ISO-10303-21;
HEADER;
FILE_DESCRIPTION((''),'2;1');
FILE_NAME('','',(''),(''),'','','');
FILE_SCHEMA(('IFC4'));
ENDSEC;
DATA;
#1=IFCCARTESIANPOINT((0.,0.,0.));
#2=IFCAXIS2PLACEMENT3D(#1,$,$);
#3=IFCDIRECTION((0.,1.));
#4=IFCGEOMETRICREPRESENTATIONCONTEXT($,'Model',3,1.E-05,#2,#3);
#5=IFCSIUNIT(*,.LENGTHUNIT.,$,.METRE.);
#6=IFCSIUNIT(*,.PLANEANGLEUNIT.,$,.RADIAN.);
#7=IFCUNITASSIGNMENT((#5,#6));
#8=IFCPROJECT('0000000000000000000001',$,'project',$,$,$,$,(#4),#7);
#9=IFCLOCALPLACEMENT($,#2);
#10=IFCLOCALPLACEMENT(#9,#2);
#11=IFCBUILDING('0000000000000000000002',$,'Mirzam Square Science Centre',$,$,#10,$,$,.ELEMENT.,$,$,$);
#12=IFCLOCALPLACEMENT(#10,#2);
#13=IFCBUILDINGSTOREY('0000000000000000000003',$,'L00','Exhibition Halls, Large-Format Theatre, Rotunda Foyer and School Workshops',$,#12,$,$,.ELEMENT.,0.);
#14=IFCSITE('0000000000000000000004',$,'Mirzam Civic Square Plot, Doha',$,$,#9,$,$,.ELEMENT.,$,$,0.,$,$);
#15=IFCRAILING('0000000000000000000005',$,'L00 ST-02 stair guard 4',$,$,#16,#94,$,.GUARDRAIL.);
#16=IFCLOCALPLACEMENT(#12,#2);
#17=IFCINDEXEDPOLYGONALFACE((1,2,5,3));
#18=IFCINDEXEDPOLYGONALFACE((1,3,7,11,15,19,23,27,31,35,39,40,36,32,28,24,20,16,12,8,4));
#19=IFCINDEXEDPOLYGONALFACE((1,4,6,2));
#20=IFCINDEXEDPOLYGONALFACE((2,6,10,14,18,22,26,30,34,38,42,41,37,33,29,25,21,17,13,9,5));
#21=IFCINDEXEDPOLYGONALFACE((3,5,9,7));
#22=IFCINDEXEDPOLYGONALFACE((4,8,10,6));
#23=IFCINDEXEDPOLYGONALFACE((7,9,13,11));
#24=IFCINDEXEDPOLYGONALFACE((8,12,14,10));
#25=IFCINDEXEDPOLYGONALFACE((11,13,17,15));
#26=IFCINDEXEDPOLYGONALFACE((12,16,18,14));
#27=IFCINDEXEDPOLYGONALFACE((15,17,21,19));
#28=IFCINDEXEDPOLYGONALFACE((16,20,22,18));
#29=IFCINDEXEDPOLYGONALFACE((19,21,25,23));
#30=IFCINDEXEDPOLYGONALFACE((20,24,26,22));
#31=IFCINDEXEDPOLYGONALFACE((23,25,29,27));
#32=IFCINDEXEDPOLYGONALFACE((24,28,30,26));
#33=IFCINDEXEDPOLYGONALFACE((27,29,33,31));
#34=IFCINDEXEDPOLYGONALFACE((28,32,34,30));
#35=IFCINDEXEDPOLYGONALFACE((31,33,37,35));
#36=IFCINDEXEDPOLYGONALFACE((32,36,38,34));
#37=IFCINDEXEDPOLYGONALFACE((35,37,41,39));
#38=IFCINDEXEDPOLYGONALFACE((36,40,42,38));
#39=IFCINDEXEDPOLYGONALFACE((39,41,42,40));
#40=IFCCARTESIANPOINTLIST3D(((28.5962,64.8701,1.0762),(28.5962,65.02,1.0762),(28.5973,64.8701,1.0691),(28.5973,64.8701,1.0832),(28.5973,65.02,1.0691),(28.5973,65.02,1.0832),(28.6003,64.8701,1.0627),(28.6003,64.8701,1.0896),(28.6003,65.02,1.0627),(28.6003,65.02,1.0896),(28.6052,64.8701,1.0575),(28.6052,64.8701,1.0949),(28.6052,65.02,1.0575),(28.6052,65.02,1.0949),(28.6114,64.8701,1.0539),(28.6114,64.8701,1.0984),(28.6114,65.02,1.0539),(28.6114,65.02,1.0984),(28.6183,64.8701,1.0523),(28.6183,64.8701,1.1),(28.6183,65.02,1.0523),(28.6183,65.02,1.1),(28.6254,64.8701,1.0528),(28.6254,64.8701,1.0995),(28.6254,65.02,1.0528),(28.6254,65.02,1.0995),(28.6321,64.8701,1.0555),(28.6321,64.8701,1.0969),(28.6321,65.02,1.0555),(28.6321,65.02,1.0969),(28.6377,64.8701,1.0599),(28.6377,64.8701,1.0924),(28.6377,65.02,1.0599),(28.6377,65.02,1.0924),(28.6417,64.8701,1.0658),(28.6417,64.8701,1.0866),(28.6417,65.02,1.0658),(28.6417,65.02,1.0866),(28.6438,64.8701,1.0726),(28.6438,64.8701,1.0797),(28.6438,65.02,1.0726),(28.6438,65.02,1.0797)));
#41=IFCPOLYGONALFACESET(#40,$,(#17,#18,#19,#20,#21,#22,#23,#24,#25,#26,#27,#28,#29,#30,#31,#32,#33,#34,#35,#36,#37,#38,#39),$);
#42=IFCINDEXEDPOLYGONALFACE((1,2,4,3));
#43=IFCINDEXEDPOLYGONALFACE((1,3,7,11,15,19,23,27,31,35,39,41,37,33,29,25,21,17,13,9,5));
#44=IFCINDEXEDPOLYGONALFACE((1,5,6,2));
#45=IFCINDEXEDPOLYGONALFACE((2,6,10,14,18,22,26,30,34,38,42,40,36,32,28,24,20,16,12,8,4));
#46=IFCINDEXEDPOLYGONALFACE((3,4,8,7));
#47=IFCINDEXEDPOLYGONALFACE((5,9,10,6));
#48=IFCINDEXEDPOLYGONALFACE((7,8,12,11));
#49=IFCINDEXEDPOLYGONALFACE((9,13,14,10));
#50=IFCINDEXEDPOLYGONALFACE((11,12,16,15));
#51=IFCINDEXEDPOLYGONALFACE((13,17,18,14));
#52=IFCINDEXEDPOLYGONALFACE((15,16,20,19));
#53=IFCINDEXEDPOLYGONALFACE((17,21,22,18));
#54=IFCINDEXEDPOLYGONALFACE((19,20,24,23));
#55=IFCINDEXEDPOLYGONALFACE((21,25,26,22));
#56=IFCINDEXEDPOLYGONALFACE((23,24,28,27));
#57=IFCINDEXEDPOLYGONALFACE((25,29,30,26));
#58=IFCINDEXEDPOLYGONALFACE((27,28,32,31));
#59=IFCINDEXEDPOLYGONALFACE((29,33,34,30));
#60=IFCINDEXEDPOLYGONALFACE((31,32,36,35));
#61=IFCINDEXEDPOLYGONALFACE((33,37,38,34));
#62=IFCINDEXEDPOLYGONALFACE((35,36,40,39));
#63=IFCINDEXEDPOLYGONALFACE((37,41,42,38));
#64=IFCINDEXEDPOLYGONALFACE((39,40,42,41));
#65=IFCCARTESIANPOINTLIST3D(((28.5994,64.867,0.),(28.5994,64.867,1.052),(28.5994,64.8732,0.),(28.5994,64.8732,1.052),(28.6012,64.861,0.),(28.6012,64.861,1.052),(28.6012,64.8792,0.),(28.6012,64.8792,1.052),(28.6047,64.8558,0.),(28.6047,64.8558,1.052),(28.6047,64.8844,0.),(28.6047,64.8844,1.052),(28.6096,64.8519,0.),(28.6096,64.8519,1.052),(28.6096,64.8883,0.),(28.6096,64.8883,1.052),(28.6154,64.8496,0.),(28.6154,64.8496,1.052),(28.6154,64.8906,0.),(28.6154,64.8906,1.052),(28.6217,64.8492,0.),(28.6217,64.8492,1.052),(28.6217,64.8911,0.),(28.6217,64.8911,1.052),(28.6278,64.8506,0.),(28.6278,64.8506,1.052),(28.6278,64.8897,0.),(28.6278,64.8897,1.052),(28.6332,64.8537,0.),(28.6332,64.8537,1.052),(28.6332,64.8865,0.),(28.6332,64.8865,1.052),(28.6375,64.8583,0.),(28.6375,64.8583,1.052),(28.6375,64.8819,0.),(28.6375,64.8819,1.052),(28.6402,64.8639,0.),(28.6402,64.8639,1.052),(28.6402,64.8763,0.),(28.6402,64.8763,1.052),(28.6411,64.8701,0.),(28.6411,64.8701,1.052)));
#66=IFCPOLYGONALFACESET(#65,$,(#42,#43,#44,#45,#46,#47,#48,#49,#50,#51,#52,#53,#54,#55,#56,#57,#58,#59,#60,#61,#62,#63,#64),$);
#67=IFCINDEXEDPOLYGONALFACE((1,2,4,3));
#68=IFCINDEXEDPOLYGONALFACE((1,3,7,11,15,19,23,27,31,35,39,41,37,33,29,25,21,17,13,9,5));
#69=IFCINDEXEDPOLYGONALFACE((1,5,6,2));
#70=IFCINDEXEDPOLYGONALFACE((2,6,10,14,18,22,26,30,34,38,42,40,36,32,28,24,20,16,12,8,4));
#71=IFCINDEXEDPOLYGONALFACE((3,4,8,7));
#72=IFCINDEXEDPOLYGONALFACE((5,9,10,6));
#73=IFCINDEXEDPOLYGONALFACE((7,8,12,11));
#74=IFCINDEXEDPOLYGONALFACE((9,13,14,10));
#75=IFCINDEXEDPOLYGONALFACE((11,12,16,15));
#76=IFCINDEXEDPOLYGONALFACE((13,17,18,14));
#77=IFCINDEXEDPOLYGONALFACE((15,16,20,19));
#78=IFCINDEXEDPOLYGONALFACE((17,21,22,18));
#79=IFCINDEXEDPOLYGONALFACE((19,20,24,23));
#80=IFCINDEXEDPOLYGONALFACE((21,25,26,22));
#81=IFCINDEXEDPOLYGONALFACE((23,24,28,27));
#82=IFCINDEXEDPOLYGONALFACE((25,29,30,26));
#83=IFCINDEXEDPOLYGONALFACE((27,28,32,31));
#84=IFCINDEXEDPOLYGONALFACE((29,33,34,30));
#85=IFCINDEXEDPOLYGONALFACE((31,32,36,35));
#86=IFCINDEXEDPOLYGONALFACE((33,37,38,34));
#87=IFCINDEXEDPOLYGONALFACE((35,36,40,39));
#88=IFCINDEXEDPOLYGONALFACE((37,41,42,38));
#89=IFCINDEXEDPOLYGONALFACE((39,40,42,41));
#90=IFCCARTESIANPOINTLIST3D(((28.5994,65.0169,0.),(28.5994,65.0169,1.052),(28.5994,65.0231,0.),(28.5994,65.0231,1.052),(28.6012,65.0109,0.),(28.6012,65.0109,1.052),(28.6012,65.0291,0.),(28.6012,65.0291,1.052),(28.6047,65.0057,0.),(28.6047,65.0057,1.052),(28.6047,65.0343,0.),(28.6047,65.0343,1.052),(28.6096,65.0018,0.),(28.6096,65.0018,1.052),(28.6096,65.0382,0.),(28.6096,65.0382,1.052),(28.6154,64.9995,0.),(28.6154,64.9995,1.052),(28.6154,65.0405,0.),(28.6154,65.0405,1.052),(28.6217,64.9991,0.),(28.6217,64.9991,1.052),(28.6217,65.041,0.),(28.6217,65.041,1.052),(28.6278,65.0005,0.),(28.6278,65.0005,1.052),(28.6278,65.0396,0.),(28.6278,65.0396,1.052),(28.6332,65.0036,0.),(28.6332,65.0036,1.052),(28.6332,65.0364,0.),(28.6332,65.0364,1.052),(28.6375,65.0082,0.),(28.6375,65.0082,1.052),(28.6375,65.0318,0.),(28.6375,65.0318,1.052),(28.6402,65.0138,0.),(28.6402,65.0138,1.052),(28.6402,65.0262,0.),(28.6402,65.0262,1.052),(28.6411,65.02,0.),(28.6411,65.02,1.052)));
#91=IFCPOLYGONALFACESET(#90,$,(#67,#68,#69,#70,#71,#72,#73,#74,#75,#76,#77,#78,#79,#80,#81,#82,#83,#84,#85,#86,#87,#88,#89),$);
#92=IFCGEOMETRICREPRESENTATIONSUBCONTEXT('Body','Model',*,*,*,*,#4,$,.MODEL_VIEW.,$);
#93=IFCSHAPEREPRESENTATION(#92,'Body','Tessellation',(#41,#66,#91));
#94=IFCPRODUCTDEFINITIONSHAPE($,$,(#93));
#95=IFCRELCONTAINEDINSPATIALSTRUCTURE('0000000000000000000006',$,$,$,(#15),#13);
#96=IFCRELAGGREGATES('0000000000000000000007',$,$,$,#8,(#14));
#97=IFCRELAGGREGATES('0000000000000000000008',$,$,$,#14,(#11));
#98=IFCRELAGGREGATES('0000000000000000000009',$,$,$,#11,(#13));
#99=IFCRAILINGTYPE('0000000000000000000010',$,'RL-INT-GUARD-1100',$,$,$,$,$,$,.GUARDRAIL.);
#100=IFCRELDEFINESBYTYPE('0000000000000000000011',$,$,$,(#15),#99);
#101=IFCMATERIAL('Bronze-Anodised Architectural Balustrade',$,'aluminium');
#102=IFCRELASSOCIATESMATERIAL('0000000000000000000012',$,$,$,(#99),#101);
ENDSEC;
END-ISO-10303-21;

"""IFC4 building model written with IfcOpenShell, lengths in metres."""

from ifc_helpers import new_model, si_unit, direction, frame, origin, origin_2d, place, context, subcontext, project, spatial, circle, extrude, material, type_object, element, save


model = new_model("IFC4")

# Units and contexts
model_context = context("Model", 3, precision=1e-05, world=origin(), true_north=direction((0.0, 1.0)))
body_context = subcontext(model_context, "Body", "Model", "MODEL_VIEW")
ifc_project = project(units=[si_unit("LENGTHUNIT", "METRE"), si_unit("PLANEANGLEUNIT", "RADIAN")], contexts=[model_context])

# Site, building, storey
site_placement = place(None, origin())
site = spatial("IfcSite", under=ifc_project, at=site_placement, Name="Mirzam Civic Square Plot, Doha", CompositionType="ELEMENT", RefElevation=0.0)
building_placement = place(site_placement, origin())
building = spatial("IfcBuilding", under=site, at=building_placement, Name="Mirzam Square Science Centre", CompositionType="ELEMENT")
storey_placement = place(building_placement, origin())
storey = spatial("IfcBuildingStorey", under=building, at=storey_placement, Name="L00", Description="Exhibition Halls, Large-Format Theatre, Rotunda Foyer and School Workshops", CompositionType="ELEMENT", Elevation=0.0)

# Railing
ifc_material_1 = material(Name="Bronze-Anodised Architectural Balustrade", Category="aluminium")
railing_type_1 = type_object("IfcRailingType", Name="RL-INT-GUARD-1100", PredefinedType="GUARDRAIL", material=ifc_material_1)
railing_1_placement = place(storey_placement, frame((28.6201, 64.8701, 0.0)))
element("IfcRailing", 1, at=railing_1_placement, inside=storey, type_object=railing_type_1, Name="L00 ST-02 stair guard 4", PredefinedType="GUARDRAIL", context=body_context, shape_type="SweptSolid", body=[
    extrude(circle(Radius=0.0239, at=origin_2d()), frame((0.0, 0.0, 1.0762), z_axis=(0.0, 1.0, 0.0), x_axis=(-1.0, 0.0, 0.0)), (0.0, 0.0, 1.0), 0.1499),
    extrude(circle(Radius=0.021, at=origin_2d()), origin(), (0.0, 0.0, 1.0), 1.052),
    extrude(circle(Radius=0.021, at=origin_2d()), frame((0.0, 0.1499, 0.0)), (0.0, 0.0, 1.0), 1.052),
])

save(model, "model.ifc")
